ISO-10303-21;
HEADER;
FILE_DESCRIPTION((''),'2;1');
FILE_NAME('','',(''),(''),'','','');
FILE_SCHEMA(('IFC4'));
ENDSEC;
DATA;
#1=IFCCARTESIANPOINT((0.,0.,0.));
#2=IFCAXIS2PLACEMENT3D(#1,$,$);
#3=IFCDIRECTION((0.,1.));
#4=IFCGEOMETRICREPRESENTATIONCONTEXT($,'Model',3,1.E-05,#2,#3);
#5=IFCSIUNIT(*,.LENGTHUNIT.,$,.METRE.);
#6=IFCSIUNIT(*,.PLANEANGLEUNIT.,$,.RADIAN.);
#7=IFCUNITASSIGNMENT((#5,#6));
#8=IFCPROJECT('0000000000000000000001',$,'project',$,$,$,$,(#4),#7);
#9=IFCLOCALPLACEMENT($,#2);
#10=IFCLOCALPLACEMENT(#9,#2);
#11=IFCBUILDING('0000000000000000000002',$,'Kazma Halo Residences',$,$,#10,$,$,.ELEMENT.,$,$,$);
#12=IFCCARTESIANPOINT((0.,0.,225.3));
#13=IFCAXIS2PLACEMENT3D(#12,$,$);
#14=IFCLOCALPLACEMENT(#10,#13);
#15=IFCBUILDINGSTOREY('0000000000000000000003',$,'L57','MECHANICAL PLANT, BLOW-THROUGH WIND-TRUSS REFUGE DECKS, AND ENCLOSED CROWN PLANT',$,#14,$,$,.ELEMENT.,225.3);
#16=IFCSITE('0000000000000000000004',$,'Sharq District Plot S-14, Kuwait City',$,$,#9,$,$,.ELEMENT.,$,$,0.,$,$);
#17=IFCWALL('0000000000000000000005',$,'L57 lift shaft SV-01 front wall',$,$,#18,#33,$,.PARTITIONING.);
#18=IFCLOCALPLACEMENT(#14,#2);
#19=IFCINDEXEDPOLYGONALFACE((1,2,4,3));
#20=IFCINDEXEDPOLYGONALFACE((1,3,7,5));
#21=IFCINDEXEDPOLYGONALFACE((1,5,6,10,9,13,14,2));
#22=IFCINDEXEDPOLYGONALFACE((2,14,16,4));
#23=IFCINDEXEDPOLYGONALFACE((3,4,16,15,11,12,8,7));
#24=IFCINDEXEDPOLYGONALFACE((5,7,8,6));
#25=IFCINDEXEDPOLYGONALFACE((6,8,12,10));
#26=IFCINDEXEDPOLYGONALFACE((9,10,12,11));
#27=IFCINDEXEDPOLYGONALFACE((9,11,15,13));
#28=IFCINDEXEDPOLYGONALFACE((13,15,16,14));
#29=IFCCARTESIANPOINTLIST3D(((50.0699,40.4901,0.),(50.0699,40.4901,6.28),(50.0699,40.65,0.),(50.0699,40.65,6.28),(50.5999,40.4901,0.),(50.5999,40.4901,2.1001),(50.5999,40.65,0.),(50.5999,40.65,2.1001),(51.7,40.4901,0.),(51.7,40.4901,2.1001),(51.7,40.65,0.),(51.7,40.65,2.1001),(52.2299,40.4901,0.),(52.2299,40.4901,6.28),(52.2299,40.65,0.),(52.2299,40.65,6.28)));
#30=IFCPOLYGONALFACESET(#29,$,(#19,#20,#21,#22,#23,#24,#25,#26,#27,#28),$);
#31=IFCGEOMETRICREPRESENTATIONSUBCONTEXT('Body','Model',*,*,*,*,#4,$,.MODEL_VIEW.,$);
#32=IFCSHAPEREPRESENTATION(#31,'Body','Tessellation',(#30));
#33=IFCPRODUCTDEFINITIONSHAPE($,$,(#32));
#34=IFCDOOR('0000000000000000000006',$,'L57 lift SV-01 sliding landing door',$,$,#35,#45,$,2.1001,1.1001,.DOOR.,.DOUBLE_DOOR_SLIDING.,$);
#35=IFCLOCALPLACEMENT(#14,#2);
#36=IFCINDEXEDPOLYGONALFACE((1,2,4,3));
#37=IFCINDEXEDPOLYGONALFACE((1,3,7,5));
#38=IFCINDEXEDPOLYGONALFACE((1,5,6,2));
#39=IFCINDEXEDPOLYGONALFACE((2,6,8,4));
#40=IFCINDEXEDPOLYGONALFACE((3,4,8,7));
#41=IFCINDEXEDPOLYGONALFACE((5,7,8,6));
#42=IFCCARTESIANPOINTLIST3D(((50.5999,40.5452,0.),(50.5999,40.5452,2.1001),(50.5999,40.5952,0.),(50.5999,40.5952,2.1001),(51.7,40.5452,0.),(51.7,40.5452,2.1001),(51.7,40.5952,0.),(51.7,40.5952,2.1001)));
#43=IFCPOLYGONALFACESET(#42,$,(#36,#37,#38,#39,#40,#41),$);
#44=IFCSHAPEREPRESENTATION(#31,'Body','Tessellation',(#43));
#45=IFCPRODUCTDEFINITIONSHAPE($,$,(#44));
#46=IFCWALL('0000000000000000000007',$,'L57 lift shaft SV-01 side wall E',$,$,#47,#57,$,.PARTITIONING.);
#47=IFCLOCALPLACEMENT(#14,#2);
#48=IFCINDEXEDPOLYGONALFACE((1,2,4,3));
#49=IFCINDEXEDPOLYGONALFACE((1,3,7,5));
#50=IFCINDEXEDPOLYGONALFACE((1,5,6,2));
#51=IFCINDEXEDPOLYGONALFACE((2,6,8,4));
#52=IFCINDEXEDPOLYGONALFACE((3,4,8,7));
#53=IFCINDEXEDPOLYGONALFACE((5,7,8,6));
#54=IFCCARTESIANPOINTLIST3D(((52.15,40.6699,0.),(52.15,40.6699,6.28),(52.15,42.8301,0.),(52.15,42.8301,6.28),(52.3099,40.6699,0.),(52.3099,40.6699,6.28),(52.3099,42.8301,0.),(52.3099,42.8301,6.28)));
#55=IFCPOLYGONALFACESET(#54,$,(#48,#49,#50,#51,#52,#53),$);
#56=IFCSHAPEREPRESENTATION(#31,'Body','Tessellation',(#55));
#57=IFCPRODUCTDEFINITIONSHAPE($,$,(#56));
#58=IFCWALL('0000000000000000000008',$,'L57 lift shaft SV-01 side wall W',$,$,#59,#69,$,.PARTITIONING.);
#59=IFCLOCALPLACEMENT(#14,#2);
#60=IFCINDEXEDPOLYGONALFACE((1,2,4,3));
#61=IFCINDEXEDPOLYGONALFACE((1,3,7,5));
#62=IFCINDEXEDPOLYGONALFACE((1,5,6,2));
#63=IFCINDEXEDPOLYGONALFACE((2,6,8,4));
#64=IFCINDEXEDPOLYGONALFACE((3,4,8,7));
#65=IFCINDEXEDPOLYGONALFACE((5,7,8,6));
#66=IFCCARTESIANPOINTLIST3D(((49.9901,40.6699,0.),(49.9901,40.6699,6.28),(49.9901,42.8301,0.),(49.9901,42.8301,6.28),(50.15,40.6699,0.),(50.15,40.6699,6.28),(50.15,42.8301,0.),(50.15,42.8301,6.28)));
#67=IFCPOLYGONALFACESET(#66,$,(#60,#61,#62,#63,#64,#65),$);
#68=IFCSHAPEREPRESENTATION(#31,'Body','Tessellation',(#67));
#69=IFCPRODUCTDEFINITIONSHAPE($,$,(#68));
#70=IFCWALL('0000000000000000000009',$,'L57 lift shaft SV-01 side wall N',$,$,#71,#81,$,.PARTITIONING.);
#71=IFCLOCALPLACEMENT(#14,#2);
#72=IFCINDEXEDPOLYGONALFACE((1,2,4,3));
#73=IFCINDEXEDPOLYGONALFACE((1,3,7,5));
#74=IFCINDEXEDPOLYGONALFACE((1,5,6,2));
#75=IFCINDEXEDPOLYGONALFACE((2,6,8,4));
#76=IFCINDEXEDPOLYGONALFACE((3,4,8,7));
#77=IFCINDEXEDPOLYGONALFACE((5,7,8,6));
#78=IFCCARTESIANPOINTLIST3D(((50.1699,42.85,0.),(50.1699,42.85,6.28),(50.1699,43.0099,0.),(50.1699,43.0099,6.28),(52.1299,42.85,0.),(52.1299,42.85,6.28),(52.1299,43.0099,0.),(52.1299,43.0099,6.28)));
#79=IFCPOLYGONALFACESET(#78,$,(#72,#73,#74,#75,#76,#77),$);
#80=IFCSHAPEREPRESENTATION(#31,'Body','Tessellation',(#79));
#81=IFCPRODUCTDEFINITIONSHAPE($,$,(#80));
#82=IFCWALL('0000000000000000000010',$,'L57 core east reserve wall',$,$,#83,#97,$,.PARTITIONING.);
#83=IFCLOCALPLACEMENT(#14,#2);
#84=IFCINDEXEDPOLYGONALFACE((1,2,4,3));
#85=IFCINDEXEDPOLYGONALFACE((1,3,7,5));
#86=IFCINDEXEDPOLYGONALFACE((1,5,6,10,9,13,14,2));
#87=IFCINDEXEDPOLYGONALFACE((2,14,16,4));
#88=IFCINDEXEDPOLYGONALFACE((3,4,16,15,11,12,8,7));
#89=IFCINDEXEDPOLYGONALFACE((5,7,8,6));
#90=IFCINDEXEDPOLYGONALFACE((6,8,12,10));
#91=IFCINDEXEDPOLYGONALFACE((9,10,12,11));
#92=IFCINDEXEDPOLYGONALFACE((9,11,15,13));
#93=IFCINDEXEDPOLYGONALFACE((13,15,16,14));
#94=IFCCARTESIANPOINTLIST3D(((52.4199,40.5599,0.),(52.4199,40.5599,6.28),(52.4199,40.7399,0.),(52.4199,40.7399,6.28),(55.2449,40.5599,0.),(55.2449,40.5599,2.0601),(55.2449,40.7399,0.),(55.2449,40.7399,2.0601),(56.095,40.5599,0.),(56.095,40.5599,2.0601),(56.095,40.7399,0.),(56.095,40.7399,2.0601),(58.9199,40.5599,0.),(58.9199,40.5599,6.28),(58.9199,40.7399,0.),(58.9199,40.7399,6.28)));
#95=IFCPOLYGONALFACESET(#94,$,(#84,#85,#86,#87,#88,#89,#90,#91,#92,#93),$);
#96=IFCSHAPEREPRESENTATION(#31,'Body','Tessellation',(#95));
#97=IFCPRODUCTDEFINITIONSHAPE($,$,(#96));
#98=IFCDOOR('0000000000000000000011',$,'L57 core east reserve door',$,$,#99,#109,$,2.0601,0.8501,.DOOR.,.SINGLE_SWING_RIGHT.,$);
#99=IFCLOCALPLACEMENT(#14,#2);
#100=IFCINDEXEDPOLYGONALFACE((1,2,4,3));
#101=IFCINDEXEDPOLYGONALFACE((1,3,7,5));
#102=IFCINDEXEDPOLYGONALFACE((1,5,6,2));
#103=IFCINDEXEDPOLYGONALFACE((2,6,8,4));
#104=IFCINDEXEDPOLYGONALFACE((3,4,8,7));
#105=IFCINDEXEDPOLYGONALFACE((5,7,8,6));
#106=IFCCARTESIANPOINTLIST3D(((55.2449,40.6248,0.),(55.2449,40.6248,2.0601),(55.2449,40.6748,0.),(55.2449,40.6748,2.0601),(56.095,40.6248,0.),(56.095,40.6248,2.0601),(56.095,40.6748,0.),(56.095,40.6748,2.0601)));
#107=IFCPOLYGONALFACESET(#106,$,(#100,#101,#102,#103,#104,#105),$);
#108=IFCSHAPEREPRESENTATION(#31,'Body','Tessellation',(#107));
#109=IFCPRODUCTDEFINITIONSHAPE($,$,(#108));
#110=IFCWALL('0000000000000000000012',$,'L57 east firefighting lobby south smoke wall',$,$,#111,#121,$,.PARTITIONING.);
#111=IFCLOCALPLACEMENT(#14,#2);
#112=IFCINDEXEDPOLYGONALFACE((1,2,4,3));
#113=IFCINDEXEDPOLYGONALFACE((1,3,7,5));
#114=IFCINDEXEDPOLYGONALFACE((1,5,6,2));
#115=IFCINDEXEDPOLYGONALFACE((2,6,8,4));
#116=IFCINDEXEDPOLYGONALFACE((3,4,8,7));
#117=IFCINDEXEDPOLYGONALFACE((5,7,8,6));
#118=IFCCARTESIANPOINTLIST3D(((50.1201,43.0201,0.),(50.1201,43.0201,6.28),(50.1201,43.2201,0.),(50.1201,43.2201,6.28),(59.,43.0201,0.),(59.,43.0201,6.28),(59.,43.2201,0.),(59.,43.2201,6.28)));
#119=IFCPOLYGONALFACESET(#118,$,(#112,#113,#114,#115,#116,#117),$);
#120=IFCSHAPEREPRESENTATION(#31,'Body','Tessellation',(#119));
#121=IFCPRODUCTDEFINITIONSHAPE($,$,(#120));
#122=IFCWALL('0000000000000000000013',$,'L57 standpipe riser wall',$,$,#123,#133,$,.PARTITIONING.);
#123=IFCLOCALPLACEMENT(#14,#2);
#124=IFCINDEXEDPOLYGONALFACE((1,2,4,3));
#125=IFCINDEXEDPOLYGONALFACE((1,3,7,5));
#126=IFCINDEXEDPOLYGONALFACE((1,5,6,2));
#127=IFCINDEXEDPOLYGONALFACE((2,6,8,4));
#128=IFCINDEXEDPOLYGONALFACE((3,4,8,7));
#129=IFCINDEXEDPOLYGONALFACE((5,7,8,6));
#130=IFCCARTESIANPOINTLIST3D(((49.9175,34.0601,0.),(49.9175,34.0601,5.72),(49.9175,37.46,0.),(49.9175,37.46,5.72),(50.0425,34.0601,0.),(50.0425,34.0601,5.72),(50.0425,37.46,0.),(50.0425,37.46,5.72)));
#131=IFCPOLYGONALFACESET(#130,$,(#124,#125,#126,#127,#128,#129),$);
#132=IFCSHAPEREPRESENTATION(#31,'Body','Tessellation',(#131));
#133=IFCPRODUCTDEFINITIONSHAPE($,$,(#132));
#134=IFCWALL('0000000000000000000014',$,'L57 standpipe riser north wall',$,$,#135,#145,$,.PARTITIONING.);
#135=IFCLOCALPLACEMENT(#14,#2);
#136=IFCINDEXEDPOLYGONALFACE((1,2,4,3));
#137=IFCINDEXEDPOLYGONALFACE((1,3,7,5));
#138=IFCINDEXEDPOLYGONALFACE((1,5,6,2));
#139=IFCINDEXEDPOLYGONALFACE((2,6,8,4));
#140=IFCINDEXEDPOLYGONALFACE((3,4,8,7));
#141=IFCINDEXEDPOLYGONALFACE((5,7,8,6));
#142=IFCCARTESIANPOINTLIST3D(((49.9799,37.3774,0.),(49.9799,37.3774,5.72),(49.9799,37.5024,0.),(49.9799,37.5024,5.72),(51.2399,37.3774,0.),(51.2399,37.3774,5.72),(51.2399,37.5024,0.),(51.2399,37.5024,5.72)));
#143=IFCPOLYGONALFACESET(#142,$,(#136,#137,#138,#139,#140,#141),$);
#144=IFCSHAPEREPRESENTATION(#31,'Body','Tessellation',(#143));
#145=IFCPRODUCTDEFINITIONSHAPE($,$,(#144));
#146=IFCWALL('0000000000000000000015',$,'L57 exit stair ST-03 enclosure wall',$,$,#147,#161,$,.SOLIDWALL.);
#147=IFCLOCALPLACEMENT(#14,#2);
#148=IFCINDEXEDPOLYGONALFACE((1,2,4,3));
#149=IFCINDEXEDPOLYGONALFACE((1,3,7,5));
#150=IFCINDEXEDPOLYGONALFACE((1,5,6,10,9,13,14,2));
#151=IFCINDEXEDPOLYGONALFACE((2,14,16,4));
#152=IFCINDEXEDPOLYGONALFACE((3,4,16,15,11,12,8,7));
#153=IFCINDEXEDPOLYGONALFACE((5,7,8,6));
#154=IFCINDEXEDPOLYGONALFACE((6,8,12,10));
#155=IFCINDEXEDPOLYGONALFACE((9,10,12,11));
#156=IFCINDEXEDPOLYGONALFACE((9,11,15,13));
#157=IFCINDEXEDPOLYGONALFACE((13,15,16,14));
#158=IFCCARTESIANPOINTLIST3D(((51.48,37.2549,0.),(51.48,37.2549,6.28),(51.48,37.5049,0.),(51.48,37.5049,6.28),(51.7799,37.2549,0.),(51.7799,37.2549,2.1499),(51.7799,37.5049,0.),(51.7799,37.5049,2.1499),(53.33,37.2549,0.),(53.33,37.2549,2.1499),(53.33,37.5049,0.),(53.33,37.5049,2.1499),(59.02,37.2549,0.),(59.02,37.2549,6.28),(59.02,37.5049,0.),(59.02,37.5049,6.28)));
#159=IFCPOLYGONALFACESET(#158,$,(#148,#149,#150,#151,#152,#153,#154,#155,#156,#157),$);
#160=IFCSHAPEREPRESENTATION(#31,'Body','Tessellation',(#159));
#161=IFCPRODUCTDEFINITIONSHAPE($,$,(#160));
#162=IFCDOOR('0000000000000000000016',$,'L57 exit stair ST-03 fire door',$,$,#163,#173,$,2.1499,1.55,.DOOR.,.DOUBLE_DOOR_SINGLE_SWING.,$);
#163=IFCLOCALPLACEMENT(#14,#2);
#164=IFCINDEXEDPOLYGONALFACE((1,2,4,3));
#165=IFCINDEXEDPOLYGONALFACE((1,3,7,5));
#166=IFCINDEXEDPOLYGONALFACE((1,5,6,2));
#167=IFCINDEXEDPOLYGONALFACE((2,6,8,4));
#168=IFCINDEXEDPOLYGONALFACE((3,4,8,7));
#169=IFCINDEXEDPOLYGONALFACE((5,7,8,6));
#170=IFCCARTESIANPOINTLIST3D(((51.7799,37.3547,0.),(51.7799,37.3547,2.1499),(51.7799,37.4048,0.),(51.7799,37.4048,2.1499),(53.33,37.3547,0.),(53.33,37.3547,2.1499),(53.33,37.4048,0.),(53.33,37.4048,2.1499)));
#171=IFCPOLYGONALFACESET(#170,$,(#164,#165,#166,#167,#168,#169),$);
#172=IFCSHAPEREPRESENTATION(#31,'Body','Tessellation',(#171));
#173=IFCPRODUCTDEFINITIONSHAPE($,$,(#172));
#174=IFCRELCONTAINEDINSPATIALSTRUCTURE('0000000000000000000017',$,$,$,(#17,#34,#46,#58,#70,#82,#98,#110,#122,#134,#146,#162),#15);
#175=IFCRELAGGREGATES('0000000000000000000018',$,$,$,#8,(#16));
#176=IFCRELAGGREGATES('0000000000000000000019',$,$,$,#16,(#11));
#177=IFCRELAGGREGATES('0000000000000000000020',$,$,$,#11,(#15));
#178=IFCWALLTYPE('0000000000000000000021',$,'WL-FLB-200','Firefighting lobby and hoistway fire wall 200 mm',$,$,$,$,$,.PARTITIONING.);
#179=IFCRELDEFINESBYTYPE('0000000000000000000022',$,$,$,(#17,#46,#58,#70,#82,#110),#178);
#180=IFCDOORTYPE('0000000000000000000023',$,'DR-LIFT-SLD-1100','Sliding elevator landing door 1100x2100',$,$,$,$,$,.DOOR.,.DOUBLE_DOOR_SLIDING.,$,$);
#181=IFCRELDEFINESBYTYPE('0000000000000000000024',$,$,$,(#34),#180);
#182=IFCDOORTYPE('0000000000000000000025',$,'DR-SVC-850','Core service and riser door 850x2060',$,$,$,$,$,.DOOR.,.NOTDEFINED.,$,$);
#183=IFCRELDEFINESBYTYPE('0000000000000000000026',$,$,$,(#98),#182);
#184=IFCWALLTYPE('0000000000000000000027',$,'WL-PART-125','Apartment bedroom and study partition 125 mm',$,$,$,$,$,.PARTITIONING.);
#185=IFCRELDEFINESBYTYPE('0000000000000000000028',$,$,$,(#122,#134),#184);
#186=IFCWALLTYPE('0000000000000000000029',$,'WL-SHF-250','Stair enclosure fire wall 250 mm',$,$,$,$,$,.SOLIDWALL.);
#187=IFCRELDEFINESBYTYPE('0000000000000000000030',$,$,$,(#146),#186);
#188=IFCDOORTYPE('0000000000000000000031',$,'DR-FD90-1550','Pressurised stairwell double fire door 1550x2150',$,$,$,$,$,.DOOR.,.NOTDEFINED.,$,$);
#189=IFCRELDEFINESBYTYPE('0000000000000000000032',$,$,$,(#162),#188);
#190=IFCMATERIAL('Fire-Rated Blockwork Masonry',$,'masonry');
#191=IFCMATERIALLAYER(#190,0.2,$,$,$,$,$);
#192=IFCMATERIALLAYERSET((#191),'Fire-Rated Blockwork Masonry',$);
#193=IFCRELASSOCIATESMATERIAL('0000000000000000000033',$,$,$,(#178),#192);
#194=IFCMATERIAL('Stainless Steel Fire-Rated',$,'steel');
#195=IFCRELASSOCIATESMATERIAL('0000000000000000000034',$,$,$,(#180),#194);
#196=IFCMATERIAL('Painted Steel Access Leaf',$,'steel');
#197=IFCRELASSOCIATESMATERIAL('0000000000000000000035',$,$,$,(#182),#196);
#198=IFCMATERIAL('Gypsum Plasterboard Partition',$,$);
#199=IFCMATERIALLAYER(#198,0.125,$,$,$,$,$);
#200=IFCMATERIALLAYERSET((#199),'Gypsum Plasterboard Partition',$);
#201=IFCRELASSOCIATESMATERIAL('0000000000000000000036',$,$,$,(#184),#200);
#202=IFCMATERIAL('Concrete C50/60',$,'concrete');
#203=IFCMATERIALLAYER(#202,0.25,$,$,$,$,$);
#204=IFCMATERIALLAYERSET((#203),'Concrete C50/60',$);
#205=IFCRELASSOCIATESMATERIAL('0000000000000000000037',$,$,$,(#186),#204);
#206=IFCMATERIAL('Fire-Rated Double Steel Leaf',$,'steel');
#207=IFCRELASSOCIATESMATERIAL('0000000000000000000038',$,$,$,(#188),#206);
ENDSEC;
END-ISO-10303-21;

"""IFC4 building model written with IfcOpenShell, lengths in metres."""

from ifc_helpers import new_model, si_unit, direction, frame, frame_2d, origin, place, context, subcontext, project, spatial, rectangle, extrude, material, layer, layer_set, type_object, element, fill, save


model = new_model("IFC4")

# Units and contexts
model_context = context("Model", 3, precision=1e-05, world=origin(), true_north=direction((0.0, 1.0)))
body_context = subcontext(model_context, "Body", "Model", "MODEL_VIEW")
ifc_project = project(units=[si_unit("LENGTHUNIT", "METRE"), si_unit("PLANEANGLEUNIT", "RADIAN")], contexts=[model_context])

# Site, building, storey
site_placement = place(None, origin())
site = spatial("IfcSite", under=ifc_project, at=site_placement, Name="Sharq District Plot S-14, Kuwait City", CompositionType="ELEMENT", RefElevation=0.0)
building_placement = place(site_placement, origin())
building = spatial("IfcBuilding", under=site, at=building_placement, Name="Kazma Halo Residences", CompositionType="ELEMENT")
storey_placement = place(building_placement, frame((0.0, 0.0, 225.3)))
storey = spatial("IfcBuildingStorey", under=building, at=storey_placement, Name="L57", Description="MECHANICAL PLANT, BLOW-THROUGH WIND-TRUSS REFUGE DECKS, AND ENCLOSED CROWN PLANT", CompositionType="ELEMENT", Elevation=225.3)

# Wall, opening, door
ifc_material_1 = material(Name="Fire-Rated Blockwork Masonry", Category="masonry")
ifc_layer_1 = layer(ifc_material_1, 0.2)
ifc_layer_set_1 = layer_set([ifc_layer_1], Name="Fire-Rated Blockwork Masonry")
wall_type_1 = type_object("IfcWallType", Name="WL-FLB-200", Description="Firefighting lobby and hoistway fire wall 200 mm", PredefinedType="PARTITIONING", material=ifc_layer_set_1)
wall_1_placement = place(storey_placement, frame((52.23, 40.5701, 0.0), z_axis=(0.0, 0.0, 1.0), x_axis=(-1.0, 0.0, 0.0)))
wall_1 = element("IfcWall", 1, at=wall_1_placement, inside=storey, type_object=wall_type_1, Name="L57 lift shaft SV-01 front wall", PredefinedType="PARTITIONING", context=body_context, shape_type="SweptSolid", body=[
    extrude(rectangle(XDim=2.1599, YDim=0.1599, at=frame_2d((1.0801, 0.0))), origin(), (0.0, 0.0, 1.0), 6.28),
])
opening_1_placement = place(wall_1_placement, frame((0.53, 0.0, 0.0)))
opening_1 = element("IfcOpeningElement", 2, at=opening_1_placement, cuts=wall_1, PredefinedType="OPENING", context=body_context, shape_type="SweptSolid", body=[
    extrude(rectangle(XDim=1.1001, YDim=2.1001, at=frame_2d((0.55, 1.05))), frame((0.0, 0.0898, 0.0), z_axis=(0.0, -1.0, 0.0), x_axis=(1.0, 0.0, 0.0)), (0.0, 0.0, 1.0), 0.1799),
])
ifc_material_2 = material(Name="Stainless Steel Fire-Rated", Category="steel")
door_type_1 = type_object("IfcDoorType", Name="DR-LIFT-SLD-1100", Description="Sliding elevator landing door 1100x2100", OperationType="DOUBLE_DOOR_SLIDING", PredefinedType="DOOR", material=ifc_material_2)
door_1_placement = place(opening_1_placement, origin())
door_1 = element("IfcDoor", 3, at=door_1_placement, inside=storey, type_object=door_type_1, Name="L57 lift SV-01 sliding landing door", OperationType="DOUBLE_DOOR_SLIDING", OverallHeight=2.1001, OverallWidth=1.1001, PredefinedType="DOOR", context=body_context, shape_type="SweptSolid", body=[
    extrude(rectangle(XDim=1.1001, YDim=2.1001, at=frame_2d((0.55, 1.05))), frame((0.0, 0.0249, 0.0), z_axis=(0.0, -1.0, 0.0), x_axis=(1.0, 0.0, 0.0)), (0.0, 0.0, 1.0), 0.05),
])
fill(opening_1, door_1)

# Walls
for number, where, z_axis, x_axis, name in (
    (4, (52.23, 40.6699, 0.0), (0.0, 0.0, 1.0), (0.0, 1.0, 0.0), "L57 lift shaft SV-01 side wall E"),
    (5, (50.0701, 40.6699, 0.0), (0.0, 0.0, 1.0), (0.0, 1.0, 0.0), "L57 lift shaft SV-01 side wall W"),
):
    element("IfcWall", number, at=place(storey_placement, frame(where, z_axis=z_axis, x_axis=x_axis)), inside=storey, type_object=wall_type_1, Name=name, PredefinedType="PARTITIONING", context=body_context, shape_type="SweptSolid", body=[
        extrude(rectangle(XDim=2.1602, YDim=0.1599, at=frame_2d((1.0801, 0.0))), origin(), (0.0, 0.0, 1.0), 6.28),
    ])
wall_2_placement = place(storey_placement, frame((50.1699, 42.9299, 0.0), z_axis=(0.0, 0.0, 1.0), x_axis=(1.0, 0.0, 0.0)))
element("IfcWall", 6, at=wall_2_placement, inside=storey, type_object=wall_type_1, Name="L57 lift shaft SV-01 side wall N", PredefinedType="PARTITIONING", context=body_context, shape_type="SweptSolid", body=[
    extrude(rectangle(XDim=1.96, YDim=0.1599, at=frame_2d((0.98, 0.0))), origin(), (0.0, 0.0, 1.0), 6.28),
])

# Wall, opening, door
wall_3_placement = place(storey_placement, frame((52.4199, 40.6499, 0.0), z_axis=(0.0, 0.0, 1.0), x_axis=(1.0, 0.0, 0.0)))
wall_3 = element("IfcWall", 7, at=wall_3_placement, inside=storey, type_object=wall_type_1, Name="L57 core east reserve wall", PredefinedType="PARTITIONING", context=body_context, shape_type="SweptSolid", body=[
    extrude(rectangle(XDim=6.5, YDim=0.1799, at=frame_2d((3.25, 0.0))), origin(), (0.0, 0.0, 1.0), 6.28),
])
opening_2_placement = place(wall_3_placement, frame((2.825, 0.0, 0.0)))
opening_2 = element("IfcOpeningElement", 8, at=opening_2_placement, cuts=wall_3, PredefinedType="OPENING", context=body_context, shape_type="SweptSolid", body=[
    extrude(rectangle(XDim=0.8501, YDim=2.0601, at=frame_2d((0.425, 1.03))), frame((0.0, 0.0999, 0.0), z_axis=(0.0, -1.0, 0.0), x_axis=(1.0, 0.0, 0.0)), (0.0, 0.0, 1.0), 0.2),
])
ifc_material_3 = material(Name="Painted Steel Access Leaf", Category="steel")
door_type_2 = type_object("IfcDoorType", Name="DR-SVC-850", Description="Core service and riser door 850x2060", OperationType="NOTDEFINED", PredefinedType="DOOR", material=ifc_material_3)
door_2_placement = place(opening_2_placement, origin())
door_2 = element("IfcDoor", 9, at=door_2_placement, inside=storey, type_object=door_type_2, Name="L57 core east reserve door", OperationType="SINGLE_SWING_RIGHT", OverallHeight=2.0601, OverallWidth=0.8501, PredefinedType="DOOR", context=body_context, shape_type="SweptSolid", body=[
    extrude(rectangle(XDim=0.8501, YDim=2.0601, at=frame_2d((0.425, 1.03))), frame((0.0, 0.0249, 0.0), z_axis=(0.0, -1.0, 0.0), x_axis=(1.0, 0.0, 0.0)), (0.0, 0.0, 1.0), 0.05),
])
fill(opening_2, door_2)

# Walls
wall_4_placement = place(storey_placement, frame((50.1201, 43.1201, 0.0), z_axis=(0.0, 0.0, 1.0), x_axis=(1.0, 0.0, 0.0)))
element("IfcWall", 10, at=wall_4_placement, inside=storey, type_object=wall_type_1, Name="L57 east firefighting lobby south smoke wall", PredefinedType="PARTITIONING", context=body_context, shape_type="SweptSolid", body=[
    extrude(rectangle(XDim=8.8799, YDim=0.2, at=frame_2d((4.4399, 0.0))), origin(), (0.0, 0.0, 1.0), 6.28),
])
ifc_material_4 = material(Name="Gypsum Plasterboard Partition")
ifc_layer_2 = layer(ifc_material_4, 0.125)
ifc_layer_set_2 = layer_set([ifc_layer_2], Name="Gypsum Plasterboard Partition")
wall_type_2 = type_object("IfcWallType", Name="WL-PART-125", Description="Apartment bedroom and study partition 125 mm", PredefinedType="PARTITIONING", material=ifc_layer_set_2)
wall_5_placement = place(storey_placement, frame((49.98, 34.0601, 0.0), z_axis=(0.0, 0.0, 1.0), x_axis=(0.0, 1.0, 0.0)))
element("IfcWall", 11, at=wall_5_placement, inside=storey, type_object=wall_type_2, Name="L57 standpipe riser wall", PredefinedType="PARTITIONING", context=body_context, shape_type="SweptSolid", body=[
    extrude(rectangle(XDim=3.3999, YDim=0.125, at=frame_2d((1.7, 0.0))), origin(), (0.0, 0.0, 1.0), 5.72),
])
wall_6_placement = place(storey_placement, frame((49.98, 37.4399, 0.0), z_axis=(0.0, 0.0, 1.0), x_axis=(1.0, 0.0, 0.0)))
element("IfcWall", 12, at=wall_6_placement, inside=storey, type_object=wall_type_2, Name="L57 standpipe riser north wall", PredefinedType="PARTITIONING", context=body_context, shape_type="SweptSolid", body=[
    extrude(rectangle(XDim=1.26, YDim=0.125, at=frame_2d((0.6299, 0.0))), origin(), (0.0, 0.0, 1.0), 5.72),
])

# Wall, opening, door
ifc_material_5 = material(Name="Concrete C50/60", Category="concrete")
ifc_layer_3 = layer(ifc_material_5, 0.25)
ifc_layer_set_3 = layer_set([ifc_layer_3], Name="Concrete C50/60")
wall_type_3 = type_object("IfcWallType", Name="WL-SHF-250", Description="Stair enclosure fire wall 250 mm", PredefinedType="SOLIDWALL", material=ifc_layer_set_3)
wall_7_placement = place(storey_placement, frame((51.48, 37.3799, 0.0), z_axis=(0.0, 0.0, 1.0), x_axis=(1.0, 0.0, 0.0)))
wall_7 = element("IfcWall", 13, at=wall_7_placement, inside=storey, type_object=wall_type_3, Name="L57 exit stair ST-03 enclosure wall", PredefinedType="SOLIDWALL", context=body_context, shape_type="SweptSolid", body=[
    extrude(rectangle(XDim=7.54, YDim=0.25, at=frame_2d((3.77, 0.0))), origin(), (0.0, 0.0, 1.0), 6.28),
])
opening_3_placement = place(wall_7_placement, frame((0.3, 0.0, 0.0)))
opening_3 = element("IfcOpeningElement", 14, at=opening_3_placement, cuts=wall_7, PredefinedType="OPENING", context=body_context, shape_type="SweptSolid", body=[
    extrude(rectangle(XDim=1.55, YDim=2.1499, at=frame_2d((0.7749, 1.075))), frame((0.0, 0.135, 0.0), z_axis=(0.0, -1.0, 0.0), x_axis=(1.0, 0.0, 0.0)), (0.0, 0.0, 1.0), 0.27),
])
ifc_material_6 = material(Name="Fire-Rated Double Steel Leaf", Category="steel")
door_type_3 = type_object("IfcDoorType", Name="DR-FD90-1550", Description="Pressurised stairwell double fire door 1550x2150", OperationType="NOTDEFINED", PredefinedType="DOOR", material=ifc_material_6)
door_3_placement = place(opening_3_placement, origin())
door_3 = element("IfcDoor", 15, at=door_3_placement, inside=storey, type_object=door_type_3, Name="L57 exit stair ST-03 fire door", OperationType="DOUBLE_DOOR_SINGLE_SWING", OverallHeight=2.1499, OverallWidth=1.55, PredefinedType="DOOR", context=body_context, shape_type="SweptSolid", body=[
    extrude(rectangle(XDim=1.55, YDim=2.1499, at=frame_2d((0.7749, 1.075))), frame((0.0, 0.0249, 0.0), z_axis=(0.0, -1.0, 0.0), x_axis=(1.0, 0.0, 0.0)), (0.0, 0.0, 1.0), 0.05),
])
fill(opening_3, door_3)

save(model, "model.ifc")
